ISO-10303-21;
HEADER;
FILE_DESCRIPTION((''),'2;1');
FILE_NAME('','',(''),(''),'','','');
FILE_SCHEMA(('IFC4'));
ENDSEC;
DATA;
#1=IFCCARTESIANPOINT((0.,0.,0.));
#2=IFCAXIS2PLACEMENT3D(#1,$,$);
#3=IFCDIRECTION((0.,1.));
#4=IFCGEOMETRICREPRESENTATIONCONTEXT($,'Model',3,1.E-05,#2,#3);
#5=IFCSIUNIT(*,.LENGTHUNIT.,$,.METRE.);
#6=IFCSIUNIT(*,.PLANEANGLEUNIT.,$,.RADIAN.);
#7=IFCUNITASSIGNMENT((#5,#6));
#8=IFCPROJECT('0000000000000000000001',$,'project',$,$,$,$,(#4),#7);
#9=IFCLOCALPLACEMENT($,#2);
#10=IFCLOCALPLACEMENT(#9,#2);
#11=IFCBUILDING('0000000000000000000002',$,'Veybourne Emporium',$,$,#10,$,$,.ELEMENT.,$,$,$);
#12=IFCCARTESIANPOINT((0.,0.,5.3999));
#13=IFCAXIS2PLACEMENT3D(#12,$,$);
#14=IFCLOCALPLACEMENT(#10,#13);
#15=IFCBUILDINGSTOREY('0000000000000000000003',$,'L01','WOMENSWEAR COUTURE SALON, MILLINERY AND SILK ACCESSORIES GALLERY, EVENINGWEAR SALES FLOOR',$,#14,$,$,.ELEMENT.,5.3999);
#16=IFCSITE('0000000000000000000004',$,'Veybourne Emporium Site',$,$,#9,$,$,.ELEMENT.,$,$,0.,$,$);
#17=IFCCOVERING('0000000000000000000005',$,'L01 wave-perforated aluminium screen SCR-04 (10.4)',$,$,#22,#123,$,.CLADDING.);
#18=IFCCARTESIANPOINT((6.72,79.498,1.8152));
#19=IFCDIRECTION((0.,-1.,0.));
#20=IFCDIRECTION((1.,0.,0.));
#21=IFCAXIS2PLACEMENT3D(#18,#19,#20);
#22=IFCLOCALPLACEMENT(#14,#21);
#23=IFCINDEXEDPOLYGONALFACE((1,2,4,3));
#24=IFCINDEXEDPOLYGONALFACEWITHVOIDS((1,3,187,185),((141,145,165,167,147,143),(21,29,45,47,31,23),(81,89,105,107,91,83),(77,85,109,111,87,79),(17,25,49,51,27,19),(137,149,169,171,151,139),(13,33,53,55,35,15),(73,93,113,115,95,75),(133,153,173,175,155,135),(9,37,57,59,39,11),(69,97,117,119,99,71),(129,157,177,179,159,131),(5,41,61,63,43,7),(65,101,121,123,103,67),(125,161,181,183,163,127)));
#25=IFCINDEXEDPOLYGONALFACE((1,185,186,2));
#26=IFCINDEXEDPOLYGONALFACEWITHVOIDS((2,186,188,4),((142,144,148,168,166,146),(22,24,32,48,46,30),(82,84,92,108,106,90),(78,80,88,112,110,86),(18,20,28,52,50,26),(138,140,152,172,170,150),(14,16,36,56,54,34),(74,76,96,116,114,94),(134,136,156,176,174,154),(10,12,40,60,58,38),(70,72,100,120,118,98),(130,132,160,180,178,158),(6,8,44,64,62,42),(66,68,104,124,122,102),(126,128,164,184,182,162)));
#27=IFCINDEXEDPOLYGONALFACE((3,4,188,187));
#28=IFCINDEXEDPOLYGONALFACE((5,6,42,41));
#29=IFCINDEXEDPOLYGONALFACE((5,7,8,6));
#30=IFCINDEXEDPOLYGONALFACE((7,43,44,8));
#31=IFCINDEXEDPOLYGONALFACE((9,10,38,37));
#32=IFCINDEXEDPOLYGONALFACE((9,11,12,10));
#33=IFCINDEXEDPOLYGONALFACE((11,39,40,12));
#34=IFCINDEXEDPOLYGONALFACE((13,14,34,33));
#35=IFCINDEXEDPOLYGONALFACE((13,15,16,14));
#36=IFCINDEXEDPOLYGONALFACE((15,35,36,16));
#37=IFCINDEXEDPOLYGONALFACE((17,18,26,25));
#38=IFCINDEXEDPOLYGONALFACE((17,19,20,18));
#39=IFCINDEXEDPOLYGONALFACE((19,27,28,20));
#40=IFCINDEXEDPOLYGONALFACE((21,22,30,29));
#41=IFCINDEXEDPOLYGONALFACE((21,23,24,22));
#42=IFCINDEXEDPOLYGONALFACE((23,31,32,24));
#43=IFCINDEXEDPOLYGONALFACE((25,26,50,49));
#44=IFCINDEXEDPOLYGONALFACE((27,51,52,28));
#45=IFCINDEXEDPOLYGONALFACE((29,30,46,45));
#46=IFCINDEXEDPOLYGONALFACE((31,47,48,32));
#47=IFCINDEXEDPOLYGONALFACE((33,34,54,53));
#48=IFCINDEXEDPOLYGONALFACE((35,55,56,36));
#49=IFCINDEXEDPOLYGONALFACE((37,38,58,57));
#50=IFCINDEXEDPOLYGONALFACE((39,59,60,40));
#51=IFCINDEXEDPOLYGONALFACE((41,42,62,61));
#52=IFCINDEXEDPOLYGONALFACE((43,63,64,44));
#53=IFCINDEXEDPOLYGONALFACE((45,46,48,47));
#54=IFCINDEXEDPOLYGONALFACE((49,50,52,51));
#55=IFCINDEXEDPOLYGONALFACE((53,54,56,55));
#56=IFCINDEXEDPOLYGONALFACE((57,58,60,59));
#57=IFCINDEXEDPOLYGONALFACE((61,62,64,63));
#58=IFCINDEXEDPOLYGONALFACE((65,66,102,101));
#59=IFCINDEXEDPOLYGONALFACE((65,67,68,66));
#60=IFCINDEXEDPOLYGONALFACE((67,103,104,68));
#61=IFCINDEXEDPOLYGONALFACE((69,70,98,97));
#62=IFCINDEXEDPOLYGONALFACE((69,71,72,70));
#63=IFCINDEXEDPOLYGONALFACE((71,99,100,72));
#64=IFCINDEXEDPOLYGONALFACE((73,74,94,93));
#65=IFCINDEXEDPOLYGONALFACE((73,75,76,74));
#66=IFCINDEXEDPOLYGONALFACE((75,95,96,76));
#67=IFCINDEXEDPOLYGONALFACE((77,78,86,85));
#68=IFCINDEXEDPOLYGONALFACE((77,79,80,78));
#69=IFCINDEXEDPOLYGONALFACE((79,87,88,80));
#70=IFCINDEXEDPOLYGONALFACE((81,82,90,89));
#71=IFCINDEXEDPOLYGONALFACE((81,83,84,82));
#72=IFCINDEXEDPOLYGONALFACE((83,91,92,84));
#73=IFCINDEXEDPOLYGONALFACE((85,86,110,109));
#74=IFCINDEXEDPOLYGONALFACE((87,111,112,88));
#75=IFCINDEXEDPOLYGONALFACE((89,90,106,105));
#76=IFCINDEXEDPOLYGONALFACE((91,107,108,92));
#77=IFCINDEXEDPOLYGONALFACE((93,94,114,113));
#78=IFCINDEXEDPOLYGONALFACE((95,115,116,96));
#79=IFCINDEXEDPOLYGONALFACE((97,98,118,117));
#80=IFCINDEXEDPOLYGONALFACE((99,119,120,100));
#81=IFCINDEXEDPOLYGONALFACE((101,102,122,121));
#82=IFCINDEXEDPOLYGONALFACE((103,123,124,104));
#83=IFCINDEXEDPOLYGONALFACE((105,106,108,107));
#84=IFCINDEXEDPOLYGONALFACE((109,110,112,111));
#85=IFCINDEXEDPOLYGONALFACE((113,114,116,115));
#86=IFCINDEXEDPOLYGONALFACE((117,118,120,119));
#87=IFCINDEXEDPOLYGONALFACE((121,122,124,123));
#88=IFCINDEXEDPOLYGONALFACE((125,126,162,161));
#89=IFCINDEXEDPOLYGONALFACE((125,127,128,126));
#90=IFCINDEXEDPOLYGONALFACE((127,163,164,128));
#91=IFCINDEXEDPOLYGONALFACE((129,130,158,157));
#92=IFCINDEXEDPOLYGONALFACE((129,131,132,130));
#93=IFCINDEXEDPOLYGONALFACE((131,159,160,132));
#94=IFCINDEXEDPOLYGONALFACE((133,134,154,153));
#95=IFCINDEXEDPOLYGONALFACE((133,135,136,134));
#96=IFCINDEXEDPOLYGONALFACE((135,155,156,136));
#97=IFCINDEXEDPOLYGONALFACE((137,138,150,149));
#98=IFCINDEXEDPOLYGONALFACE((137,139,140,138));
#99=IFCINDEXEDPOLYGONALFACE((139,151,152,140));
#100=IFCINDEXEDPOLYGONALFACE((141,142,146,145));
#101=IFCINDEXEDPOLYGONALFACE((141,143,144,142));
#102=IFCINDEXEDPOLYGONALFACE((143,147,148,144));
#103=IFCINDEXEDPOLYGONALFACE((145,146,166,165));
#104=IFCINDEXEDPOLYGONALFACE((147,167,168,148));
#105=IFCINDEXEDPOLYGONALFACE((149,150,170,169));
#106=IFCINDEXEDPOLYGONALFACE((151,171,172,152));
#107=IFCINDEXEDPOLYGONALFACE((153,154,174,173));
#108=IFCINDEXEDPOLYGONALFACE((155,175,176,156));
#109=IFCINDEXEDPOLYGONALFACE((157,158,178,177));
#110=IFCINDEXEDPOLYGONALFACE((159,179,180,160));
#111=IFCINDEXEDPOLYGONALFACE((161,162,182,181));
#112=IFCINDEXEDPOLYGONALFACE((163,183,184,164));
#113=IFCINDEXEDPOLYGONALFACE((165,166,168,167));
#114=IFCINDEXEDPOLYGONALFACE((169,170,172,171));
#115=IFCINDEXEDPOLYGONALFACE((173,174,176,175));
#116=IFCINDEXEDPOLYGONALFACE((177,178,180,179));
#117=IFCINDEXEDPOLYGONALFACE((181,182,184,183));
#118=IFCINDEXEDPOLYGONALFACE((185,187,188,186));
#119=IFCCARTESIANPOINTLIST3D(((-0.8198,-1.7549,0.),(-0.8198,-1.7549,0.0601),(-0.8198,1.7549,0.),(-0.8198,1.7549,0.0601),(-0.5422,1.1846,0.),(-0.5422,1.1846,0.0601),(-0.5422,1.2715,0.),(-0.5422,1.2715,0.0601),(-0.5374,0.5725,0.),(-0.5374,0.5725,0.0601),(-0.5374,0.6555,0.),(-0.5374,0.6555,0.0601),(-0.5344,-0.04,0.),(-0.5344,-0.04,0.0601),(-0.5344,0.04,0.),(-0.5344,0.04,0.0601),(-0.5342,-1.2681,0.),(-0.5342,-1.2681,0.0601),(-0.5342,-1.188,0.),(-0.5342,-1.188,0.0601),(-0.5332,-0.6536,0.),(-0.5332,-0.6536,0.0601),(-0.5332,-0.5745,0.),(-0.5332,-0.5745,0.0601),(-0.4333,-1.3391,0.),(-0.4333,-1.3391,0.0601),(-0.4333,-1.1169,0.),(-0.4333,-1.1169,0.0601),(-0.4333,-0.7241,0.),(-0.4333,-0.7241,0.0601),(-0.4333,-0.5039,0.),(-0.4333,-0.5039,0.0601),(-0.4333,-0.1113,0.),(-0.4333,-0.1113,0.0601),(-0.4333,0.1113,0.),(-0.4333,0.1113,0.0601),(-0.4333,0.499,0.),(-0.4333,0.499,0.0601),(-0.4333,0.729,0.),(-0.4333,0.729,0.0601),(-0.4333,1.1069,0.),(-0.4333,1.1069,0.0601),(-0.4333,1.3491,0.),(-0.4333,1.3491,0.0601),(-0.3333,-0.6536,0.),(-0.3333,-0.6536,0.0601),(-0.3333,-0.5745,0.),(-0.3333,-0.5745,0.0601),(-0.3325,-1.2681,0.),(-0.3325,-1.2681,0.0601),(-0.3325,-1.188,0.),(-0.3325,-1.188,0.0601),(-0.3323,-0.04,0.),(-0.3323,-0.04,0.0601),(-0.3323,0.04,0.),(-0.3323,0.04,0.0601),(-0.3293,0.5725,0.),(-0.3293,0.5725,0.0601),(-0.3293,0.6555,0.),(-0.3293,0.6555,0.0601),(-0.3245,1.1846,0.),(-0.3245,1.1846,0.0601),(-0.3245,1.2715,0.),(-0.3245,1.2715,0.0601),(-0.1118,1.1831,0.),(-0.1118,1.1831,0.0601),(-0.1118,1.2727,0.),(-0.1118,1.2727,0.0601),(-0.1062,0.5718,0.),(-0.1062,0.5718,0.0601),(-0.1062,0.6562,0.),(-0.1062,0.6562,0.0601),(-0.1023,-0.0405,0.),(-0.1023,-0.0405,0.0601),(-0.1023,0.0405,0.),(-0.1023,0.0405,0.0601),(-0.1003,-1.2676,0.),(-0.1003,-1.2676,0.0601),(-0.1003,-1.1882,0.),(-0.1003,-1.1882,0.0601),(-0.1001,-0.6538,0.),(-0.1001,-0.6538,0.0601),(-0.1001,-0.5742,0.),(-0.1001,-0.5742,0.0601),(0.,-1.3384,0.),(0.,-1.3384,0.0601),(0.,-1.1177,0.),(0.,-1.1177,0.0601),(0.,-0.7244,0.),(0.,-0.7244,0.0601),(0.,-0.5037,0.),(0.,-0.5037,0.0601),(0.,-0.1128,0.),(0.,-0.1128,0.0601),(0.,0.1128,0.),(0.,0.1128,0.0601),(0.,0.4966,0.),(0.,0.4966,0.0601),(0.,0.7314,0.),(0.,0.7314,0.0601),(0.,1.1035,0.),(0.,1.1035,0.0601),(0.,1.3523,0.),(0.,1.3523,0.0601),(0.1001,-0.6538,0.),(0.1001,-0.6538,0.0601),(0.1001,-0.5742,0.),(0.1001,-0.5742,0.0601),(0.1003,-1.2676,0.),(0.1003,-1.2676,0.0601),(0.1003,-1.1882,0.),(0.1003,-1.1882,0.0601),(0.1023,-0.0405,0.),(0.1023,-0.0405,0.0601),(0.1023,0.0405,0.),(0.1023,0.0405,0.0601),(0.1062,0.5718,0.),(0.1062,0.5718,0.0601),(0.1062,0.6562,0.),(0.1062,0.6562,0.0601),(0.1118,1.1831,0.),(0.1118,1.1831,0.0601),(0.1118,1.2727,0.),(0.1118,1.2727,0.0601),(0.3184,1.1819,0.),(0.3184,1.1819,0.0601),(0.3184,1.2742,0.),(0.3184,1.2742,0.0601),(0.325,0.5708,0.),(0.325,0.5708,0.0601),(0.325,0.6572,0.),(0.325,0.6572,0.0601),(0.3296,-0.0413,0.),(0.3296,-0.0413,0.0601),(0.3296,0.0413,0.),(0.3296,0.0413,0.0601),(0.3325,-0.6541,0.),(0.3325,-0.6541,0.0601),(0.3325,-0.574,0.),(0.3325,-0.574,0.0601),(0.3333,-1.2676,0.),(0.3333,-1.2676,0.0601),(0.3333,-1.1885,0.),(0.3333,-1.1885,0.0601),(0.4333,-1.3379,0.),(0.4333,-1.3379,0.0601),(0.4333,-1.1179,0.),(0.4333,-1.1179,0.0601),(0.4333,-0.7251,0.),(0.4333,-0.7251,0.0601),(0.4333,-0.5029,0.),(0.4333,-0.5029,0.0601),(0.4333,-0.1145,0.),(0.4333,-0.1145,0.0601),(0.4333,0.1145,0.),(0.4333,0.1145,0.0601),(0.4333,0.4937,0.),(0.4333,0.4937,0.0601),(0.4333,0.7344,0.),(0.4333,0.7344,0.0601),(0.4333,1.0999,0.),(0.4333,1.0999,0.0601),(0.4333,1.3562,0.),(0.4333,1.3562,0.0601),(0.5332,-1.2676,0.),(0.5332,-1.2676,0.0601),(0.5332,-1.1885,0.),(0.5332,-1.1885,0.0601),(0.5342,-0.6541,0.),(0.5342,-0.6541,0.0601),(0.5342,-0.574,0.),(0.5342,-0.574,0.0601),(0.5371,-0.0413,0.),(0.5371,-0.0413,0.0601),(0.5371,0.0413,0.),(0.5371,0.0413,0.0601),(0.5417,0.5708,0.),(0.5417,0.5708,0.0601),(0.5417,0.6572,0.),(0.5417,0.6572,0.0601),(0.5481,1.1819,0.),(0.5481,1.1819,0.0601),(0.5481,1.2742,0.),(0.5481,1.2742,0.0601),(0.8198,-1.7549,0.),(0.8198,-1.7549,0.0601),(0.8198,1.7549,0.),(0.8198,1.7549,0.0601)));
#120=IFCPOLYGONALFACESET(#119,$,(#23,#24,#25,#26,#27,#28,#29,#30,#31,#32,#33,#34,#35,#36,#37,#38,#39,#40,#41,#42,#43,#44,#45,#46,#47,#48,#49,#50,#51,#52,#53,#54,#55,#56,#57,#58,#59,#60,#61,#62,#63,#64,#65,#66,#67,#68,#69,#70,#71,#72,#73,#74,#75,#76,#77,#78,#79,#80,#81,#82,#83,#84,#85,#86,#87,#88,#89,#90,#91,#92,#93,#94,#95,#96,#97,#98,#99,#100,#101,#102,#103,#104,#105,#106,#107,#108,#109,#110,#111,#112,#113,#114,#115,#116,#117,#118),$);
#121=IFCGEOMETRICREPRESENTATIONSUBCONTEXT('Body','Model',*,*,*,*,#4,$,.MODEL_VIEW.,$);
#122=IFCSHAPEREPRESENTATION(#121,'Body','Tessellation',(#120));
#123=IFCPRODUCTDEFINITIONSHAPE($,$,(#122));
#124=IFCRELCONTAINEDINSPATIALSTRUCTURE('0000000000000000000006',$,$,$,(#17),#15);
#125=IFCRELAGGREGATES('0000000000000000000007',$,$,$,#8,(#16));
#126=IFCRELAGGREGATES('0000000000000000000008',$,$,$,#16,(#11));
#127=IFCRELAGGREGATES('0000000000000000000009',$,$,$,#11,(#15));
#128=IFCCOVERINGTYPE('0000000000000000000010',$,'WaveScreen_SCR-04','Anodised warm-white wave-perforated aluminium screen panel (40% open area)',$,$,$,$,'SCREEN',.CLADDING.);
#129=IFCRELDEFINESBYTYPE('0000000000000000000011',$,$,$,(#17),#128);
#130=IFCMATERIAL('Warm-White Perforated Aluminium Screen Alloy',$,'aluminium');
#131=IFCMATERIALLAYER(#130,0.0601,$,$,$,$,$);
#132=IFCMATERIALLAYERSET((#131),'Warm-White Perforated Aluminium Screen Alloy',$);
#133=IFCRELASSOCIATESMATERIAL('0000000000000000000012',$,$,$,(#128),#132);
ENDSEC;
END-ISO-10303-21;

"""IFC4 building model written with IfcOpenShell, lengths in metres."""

from ifc_helpers import new_model, si_unit, direction, frame, origin, place, context, subcontext, project, spatial, polyline, outline, extrude, material, layer, layer_set, type_object, element, save


model = new_model("IFC4")

# Units and contexts
model_context = context("Model", 3, precision=1e-05, world=origin(), true_north=direction((0.0, 1.0)))
body_context = subcontext(model_context, "Body", "Model", "MODEL_VIEW")
ifc_project = project(units=[si_unit("LENGTHUNIT", "METRE"), si_unit("PLANEANGLEUNIT", "RADIAN")], contexts=[model_context])

# Site, building, storey
site_placement = place(None, origin())
site = spatial("IfcSite", under=ifc_project, at=site_placement, Name="Veybourne Emporium Site", CompositionType="ELEMENT", RefElevation=0.0)
building_placement = place(site_placement, origin())
building = spatial("IfcBuilding", under=site, at=building_placement, Name="Veybourne Emporium", CompositionType="ELEMENT")
storey_placement = place(building_placement, frame((0.0, 0.0, 5.3999)))
storey = spatial("IfcBuildingStorey", under=building, at=storey_placement, Name="L01", Description="WOMENSWEAR COUTURE SALON, MILLINERY AND SILK ACCESSORIES GALLERY, EVENINGWEAR SALES FLOOR", CompositionType="ELEMENT", Elevation=5.3999)

# Covering
ifc_material_1 = material(Name="Warm-White Perforated Aluminium Screen Alloy", Category="aluminium")
ifc_layer_1 = layer(ifc_material_1, 0.0601)
ifc_layer_set_1 = layer_set([ifc_layer_1], Name="Warm-White Perforated Aluminium Screen Alloy")
covering_type_1 = type_object("IfcCoveringType", Name="WaveScreen_SCR-04", Description="Anodised warm-white wave-perforated aluminium screen panel (40% open area)", ElementType="SCREEN", PredefinedType="CLADDING", material=ifc_layer_set_1)
covering_1_placement = place(storey_placement, frame((6.72, 79.498, 1.8152), z_axis=(0.0, -1.0, 0.0), x_axis=(1.0, 0.0, 0.0)))
element("IfcCovering", 1, at=covering_1_placement, inside=storey, type_object=covering_type_1, Name="L01 wave-perforated aluminium screen SCR-04 (10.4)", PredefinedType="CLADDING", context=body_context, shape_type="SweptSolid", body=[
    extrude(outline(polyline([(-0.8198, -1.7549), (0.8198, -1.7549), (0.8198, 1.7549), (-0.8198, 1.7549), (-0.8198, -1.7549)]), holes=[polyline([(-0.4333, -1.1169), (-0.3325, -1.188), (-0.3325, -1.2681), (-0.4333, -1.3391), (-0.5342, -1.2681), (-0.5342, -1.188), (-0.4333, -1.1169)]), polyline([(-0.4333, -0.5039), (-0.3333, -0.5745), (-0.3333, -0.6536), (-0.4333, -0.7241), (-0.5332, -0.6536), (-0.5332, -0.5745), (-0.4333, -0.5039)]), polyline([(-0.4333, 0.1113), (-0.3323, 0.04), (-0.3323, -0.04), (-0.4333, -0.1113), (-0.5344, -0.04), (-0.5344, 0.04), (-0.4333, 0.1113)]), polyline([(-0.4333, 0.729), (-0.3293, 0.6555), (-0.3293, 0.5725), (-0.4333, 0.499), (-0.5374, 0.5725), (-0.5374, 0.6555), (-0.4333, 0.729)]), polyline([(-0.4333, 1.3491), (-0.3245, 1.2715), (-0.3245, 1.1846), (-0.4333, 1.1069), (-0.5422, 1.1846), (-0.5422, 1.2715), (-0.4333, 1.3491)]), polyline([(0.0, -1.1177), (0.1003, -1.1882), (0.1003, -1.2676), (0.0, -1.3384), (-0.1003, -1.2676), (-0.1003, -1.1882), (0.0, -1.1177)]), polyline([(0.0, -0.5037), (0.1001, -0.5742), (0.1001, -0.6538), (0.0, -0.7244), (-0.1001, -0.6538), (-0.1001, -0.5742), (0.0, -0.5037)]), polyline([(0.0, 0.1128), (0.1023, 0.0405), (0.1023, -0.0405), (0.0, -0.1128), (-0.1023, -0.0405), (-0.1023, 0.0405), (0.0, 0.1128)]), polyline([(0.0, 0.7314), (0.1062, 0.6562), (0.1062, 0.5718), (0.0, 0.4966), (-0.1062, 0.5718), (-0.1062, 0.6562), (0.0, 0.7314)]), polyline([(0.0, 1.3523), (0.1118, 1.2727), (0.1118, 1.1831), (0.0, 1.1035), (-0.1118, 1.1831), (-0.1118, 1.2727), (0.0, 1.3523)]), polyline([(0.4333, -1.1179), (0.5332, -1.1885), (0.5332, -1.2676), (0.4333, -1.3379), (0.3333, -1.2676), (0.3333, -1.1885), (0.4333, -1.1179)]), polyline([(0.4333, -0.5029), (0.5342, -0.574), (0.5342, -0.6541), (0.4333, -0.7251), (0.3325, -0.6541), (0.3325, -0.574), (0.4333, -0.5029)]), polyline([(0.4333, 0.1145), (0.5371, 0.0413), (0.5371, -0.0413), (0.4333, -0.1145), (0.3296, -0.0413), (0.3296, 0.0413), (0.4333, 0.1145)]), polyline([(0.4333, 0.7344), (0.5417, 0.6572), (0.5417, 0.5708), (0.4333, 0.4937), (0.325, 0.5708), (0.325, 0.6572), (0.4333, 0.7344)]), polyline([(0.4333, 1.3562), (0.5481, 1.2742), (0.5481, 1.1819), (0.4333, 1.0999), (0.3184, 1.1819), (0.3184, 1.2742), (0.4333, 1.3562)])]), origin(), (0.0, 0.0, 1.0), 0.0601),
])

save(model, "model.ifc")
